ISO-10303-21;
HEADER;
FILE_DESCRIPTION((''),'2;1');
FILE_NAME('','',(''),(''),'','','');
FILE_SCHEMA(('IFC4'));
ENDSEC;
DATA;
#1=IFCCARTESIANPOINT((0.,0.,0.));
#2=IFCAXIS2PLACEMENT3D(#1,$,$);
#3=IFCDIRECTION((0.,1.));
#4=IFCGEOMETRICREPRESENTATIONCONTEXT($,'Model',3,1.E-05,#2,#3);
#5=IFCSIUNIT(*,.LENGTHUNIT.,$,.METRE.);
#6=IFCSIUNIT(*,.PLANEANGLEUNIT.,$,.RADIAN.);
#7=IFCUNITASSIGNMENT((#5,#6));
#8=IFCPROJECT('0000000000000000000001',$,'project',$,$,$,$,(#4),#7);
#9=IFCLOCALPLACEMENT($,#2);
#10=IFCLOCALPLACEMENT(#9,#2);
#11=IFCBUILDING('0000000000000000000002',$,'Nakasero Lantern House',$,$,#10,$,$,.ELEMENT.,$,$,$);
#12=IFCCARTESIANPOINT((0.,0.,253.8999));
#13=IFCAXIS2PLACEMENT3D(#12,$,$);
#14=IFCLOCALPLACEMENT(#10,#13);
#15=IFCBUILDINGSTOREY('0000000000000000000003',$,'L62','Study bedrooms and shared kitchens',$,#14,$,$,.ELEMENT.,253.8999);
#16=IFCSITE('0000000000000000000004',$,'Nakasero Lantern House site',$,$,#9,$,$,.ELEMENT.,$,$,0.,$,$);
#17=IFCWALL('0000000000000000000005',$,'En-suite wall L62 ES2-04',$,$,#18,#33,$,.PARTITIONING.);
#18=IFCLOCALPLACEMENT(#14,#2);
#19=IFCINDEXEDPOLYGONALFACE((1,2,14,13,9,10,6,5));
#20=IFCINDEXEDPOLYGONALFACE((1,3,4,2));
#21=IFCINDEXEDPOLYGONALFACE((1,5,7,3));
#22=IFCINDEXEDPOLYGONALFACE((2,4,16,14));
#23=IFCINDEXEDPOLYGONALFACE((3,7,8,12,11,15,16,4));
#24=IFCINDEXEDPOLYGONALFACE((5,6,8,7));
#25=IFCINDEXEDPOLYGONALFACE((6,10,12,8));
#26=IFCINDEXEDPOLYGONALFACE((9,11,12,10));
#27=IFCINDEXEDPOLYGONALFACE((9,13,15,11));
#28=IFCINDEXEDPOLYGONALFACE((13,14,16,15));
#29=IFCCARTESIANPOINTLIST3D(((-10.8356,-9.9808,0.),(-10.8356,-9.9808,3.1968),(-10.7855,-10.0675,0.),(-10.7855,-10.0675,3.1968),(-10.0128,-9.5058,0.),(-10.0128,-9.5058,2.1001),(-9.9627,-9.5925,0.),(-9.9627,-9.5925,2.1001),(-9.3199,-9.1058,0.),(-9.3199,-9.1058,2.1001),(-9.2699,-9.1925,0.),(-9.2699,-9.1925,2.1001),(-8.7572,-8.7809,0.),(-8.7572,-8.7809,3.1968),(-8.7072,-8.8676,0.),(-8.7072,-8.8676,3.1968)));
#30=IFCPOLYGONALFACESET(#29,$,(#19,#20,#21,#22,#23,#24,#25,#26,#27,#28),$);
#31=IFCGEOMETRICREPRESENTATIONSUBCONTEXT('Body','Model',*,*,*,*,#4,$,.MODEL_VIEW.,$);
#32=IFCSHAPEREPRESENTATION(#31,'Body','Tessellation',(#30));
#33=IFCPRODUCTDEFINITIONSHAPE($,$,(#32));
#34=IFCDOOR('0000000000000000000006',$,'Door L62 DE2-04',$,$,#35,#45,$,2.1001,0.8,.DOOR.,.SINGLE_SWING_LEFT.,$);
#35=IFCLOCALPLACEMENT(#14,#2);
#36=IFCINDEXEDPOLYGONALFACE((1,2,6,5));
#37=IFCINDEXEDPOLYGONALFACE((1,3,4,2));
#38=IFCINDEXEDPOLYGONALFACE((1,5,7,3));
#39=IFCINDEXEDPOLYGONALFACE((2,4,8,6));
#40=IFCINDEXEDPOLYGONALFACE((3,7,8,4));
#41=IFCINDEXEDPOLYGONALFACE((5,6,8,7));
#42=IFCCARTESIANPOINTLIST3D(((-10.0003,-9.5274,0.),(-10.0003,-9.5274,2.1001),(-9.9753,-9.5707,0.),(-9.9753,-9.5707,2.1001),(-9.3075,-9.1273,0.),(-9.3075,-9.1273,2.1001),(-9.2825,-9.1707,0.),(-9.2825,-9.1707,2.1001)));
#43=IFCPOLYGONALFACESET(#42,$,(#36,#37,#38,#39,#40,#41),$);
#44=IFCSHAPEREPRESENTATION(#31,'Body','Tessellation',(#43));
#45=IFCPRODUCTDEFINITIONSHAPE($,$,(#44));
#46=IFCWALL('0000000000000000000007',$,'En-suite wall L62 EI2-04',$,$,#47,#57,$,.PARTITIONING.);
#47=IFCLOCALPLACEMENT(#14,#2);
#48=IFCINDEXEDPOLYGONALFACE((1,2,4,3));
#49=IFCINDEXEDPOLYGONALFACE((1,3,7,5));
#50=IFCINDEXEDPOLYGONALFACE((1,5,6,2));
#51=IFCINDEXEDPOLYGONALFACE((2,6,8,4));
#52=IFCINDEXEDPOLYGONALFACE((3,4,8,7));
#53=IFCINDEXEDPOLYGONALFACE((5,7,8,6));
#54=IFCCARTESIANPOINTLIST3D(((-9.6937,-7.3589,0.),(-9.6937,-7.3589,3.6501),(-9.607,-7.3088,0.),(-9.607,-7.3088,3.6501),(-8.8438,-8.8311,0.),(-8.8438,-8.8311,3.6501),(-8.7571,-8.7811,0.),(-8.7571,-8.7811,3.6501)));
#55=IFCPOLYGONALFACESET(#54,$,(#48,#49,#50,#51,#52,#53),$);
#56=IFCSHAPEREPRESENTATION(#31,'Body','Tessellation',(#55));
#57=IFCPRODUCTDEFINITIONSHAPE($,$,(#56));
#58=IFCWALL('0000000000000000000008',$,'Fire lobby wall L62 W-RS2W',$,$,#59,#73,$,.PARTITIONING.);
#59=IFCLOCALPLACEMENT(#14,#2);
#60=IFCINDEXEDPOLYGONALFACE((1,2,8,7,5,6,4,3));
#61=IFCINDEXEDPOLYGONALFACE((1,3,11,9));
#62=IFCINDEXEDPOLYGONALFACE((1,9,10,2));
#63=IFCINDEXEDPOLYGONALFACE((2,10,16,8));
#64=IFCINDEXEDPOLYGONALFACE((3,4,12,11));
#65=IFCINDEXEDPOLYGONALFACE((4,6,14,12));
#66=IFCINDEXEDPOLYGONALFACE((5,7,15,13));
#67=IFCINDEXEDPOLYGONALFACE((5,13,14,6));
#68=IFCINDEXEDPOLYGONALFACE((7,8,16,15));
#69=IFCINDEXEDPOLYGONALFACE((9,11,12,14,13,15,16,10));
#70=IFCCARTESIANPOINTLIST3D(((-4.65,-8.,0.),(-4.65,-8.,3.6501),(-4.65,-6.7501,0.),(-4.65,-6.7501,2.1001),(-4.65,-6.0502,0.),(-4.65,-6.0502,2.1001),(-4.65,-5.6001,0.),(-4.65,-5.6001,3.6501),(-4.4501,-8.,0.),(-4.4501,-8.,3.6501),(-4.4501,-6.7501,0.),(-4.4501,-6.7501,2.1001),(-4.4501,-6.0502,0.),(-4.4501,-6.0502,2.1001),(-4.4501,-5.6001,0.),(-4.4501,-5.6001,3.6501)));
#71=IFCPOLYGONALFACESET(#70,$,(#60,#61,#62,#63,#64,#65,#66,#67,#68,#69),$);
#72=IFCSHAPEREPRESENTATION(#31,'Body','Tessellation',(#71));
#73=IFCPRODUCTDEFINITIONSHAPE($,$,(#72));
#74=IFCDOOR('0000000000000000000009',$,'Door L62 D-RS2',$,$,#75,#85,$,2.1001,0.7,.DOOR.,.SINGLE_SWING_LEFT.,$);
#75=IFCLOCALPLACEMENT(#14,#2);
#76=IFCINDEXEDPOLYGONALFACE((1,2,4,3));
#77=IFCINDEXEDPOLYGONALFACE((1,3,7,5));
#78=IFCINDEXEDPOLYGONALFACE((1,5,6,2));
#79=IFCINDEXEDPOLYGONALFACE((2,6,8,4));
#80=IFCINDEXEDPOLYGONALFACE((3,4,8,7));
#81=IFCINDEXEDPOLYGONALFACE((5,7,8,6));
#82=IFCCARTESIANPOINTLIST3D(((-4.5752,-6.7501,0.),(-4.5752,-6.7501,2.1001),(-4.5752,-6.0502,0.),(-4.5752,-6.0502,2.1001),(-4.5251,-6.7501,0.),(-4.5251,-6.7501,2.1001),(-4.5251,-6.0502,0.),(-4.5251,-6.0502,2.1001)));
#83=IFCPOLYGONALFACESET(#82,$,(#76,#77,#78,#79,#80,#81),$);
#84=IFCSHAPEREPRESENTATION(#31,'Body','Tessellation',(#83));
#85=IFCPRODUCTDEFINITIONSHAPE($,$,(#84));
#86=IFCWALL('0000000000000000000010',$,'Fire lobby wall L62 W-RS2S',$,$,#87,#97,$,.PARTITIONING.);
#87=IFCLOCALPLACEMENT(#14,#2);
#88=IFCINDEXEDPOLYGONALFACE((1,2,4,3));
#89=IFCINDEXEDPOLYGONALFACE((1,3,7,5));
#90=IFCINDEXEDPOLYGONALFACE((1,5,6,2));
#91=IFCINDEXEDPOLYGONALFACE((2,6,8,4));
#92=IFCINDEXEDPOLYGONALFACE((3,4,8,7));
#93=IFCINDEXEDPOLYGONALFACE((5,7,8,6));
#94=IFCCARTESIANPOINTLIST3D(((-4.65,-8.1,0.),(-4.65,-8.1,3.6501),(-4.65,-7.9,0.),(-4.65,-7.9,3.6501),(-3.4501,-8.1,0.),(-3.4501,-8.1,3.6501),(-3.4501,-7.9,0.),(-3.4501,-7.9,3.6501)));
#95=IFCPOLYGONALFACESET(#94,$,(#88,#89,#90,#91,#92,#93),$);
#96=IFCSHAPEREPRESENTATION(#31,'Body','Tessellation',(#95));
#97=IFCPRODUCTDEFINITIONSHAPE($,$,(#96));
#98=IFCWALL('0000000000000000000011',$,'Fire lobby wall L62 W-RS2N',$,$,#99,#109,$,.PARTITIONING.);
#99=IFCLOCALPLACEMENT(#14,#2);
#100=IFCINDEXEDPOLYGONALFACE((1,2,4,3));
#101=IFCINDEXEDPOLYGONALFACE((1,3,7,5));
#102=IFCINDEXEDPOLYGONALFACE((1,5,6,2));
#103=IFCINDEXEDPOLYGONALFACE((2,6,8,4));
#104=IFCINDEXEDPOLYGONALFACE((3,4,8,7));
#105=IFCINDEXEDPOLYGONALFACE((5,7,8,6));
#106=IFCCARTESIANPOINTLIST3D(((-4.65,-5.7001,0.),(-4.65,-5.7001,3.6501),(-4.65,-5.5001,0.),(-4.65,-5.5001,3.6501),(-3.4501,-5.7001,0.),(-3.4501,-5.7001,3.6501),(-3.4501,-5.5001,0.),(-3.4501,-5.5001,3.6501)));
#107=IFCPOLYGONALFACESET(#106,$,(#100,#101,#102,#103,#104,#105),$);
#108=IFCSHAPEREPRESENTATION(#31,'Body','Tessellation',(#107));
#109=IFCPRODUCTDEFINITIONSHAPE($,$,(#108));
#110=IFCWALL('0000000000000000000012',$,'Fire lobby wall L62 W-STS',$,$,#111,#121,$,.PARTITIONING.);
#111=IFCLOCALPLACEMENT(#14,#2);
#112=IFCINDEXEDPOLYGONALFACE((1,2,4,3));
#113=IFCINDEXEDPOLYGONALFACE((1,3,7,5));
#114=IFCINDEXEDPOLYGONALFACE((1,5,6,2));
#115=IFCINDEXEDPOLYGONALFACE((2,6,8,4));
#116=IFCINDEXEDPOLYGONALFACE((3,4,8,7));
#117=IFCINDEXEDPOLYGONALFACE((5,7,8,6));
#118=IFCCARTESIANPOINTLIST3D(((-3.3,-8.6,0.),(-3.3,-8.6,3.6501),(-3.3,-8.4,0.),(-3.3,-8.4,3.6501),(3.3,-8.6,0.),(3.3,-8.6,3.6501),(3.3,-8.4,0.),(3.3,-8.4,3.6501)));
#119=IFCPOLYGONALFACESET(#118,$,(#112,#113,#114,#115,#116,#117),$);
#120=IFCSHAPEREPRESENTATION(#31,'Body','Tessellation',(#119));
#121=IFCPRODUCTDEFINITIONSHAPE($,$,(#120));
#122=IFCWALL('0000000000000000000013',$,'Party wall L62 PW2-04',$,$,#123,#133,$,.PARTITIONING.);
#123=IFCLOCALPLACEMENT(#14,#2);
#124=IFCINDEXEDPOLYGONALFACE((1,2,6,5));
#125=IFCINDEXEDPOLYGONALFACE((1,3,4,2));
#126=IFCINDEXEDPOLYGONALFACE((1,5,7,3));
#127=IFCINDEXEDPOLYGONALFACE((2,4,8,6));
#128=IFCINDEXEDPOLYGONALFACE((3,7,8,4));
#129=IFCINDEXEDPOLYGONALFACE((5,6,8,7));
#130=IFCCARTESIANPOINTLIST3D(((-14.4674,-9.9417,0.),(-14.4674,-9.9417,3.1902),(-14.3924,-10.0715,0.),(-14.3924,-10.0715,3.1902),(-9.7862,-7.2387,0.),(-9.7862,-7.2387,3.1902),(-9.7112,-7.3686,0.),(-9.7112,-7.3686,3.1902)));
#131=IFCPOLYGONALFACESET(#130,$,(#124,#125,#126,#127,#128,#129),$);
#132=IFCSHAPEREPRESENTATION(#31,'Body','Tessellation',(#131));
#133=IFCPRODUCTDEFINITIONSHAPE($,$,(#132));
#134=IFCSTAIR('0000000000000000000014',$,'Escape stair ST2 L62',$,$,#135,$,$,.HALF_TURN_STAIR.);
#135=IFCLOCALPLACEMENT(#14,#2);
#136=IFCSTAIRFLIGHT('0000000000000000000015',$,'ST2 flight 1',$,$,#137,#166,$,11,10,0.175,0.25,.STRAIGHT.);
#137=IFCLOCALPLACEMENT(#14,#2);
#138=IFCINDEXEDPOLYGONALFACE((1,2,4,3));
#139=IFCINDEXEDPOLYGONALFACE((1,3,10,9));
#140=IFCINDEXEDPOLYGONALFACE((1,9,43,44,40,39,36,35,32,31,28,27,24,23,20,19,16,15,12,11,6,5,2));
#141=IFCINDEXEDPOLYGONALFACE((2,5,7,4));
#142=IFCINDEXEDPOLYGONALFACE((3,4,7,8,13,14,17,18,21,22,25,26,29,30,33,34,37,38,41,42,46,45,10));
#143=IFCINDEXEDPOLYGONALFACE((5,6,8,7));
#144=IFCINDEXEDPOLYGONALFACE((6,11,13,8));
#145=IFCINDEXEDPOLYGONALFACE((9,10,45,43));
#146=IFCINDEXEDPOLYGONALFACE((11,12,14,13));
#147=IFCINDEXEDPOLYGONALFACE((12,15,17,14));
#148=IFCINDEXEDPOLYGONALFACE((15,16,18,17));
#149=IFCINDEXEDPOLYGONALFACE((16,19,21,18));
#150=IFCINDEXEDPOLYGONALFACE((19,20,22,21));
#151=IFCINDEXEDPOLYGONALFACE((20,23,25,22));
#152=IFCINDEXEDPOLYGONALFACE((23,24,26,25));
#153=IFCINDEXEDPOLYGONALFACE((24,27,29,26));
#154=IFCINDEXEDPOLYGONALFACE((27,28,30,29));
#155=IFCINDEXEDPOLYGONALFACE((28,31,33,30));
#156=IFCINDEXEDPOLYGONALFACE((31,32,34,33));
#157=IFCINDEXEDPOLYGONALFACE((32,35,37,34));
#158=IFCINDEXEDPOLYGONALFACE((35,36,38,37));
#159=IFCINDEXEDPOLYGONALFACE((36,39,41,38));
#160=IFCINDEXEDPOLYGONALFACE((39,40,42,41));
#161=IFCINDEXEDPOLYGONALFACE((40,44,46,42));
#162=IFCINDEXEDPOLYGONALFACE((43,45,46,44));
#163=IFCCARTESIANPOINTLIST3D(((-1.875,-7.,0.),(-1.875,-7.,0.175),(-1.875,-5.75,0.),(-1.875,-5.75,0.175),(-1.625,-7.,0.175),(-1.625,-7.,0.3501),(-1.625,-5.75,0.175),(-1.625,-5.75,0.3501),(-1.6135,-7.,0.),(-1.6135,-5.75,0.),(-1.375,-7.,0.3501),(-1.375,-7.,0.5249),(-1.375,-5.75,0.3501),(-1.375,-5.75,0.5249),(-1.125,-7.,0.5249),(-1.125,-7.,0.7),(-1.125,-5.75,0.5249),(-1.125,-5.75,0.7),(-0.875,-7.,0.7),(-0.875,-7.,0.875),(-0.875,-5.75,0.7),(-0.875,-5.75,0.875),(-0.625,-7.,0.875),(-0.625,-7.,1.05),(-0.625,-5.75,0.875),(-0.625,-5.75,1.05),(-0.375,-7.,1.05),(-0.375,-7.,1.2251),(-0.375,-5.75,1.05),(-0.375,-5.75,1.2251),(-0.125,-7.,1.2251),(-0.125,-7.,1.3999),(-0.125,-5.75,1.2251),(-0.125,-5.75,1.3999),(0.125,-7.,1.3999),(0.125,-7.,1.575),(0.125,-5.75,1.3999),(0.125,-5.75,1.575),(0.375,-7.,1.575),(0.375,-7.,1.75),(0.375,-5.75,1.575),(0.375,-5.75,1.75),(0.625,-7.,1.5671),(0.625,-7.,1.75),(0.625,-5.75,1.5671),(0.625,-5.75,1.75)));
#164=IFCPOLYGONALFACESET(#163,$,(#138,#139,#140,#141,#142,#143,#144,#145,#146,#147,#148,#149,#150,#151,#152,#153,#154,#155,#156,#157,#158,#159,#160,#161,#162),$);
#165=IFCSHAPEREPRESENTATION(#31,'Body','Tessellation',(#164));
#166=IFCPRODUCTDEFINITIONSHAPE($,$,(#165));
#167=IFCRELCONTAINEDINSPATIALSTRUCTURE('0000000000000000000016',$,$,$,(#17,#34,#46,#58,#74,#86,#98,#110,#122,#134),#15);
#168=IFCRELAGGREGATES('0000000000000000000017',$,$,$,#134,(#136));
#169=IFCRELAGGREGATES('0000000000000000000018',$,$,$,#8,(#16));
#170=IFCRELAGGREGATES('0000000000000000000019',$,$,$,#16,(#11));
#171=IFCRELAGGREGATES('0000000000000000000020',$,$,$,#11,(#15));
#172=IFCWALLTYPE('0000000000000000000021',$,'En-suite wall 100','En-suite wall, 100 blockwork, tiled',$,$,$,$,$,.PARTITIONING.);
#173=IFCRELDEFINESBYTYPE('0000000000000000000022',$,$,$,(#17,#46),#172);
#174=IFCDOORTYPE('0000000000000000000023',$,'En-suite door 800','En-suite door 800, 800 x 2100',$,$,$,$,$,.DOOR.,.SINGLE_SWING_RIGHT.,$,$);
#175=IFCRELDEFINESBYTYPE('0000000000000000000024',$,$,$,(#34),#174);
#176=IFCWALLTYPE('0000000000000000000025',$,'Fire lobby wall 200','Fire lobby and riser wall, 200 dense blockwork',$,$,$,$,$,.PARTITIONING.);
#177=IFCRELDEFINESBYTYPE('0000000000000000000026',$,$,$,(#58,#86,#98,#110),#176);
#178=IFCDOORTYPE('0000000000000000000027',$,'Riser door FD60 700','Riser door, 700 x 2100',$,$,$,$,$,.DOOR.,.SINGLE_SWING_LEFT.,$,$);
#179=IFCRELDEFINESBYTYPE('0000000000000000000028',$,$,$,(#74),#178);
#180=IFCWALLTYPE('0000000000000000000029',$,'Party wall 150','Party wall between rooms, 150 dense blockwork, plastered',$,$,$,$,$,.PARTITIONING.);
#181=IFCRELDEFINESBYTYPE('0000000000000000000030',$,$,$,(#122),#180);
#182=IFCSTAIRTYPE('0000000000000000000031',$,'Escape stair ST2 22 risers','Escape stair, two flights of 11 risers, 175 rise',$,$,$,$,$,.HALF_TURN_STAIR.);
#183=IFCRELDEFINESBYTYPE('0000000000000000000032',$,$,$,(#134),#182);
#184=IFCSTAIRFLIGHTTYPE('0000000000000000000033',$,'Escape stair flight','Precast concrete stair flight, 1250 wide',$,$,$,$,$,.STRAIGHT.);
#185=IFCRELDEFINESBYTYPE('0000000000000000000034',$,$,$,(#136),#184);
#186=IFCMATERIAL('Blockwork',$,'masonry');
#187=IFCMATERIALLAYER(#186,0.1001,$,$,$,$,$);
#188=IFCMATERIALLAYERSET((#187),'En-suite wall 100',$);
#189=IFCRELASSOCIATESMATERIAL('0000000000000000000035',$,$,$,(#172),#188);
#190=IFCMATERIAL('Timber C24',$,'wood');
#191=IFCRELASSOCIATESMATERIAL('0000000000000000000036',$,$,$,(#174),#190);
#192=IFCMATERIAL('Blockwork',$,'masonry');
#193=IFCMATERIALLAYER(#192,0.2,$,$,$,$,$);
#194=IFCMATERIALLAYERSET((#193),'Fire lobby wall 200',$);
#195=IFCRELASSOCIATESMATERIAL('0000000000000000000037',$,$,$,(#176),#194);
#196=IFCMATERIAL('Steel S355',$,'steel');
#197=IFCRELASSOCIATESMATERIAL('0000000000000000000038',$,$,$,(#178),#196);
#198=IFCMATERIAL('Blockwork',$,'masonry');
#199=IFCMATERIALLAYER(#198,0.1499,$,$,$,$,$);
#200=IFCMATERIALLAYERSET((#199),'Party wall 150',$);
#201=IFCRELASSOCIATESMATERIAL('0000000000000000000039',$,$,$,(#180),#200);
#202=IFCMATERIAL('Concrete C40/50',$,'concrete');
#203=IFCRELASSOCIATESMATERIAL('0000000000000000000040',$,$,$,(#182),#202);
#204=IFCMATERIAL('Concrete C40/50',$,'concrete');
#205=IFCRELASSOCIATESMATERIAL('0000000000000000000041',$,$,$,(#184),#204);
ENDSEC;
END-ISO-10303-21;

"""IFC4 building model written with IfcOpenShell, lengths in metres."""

from ifc_helpers import new_model, si_unit, direction, frame, frame_2d, origin, place, context, subcontext, project, spatial, polyline, rectangle, outline, extrude, material, layer, layer_set, type_object, element, fill, aggregate, save


model = new_model("IFC4")

# Units and contexts
model_context = context("Model", 3, precision=1e-05, world=origin(), true_north=direction((0.0, 1.0)))
body_context = subcontext(model_context, "Body", "Model", "MODEL_VIEW")
ifc_project = project(units=[si_unit("LENGTHUNIT", "METRE"), si_unit("PLANEANGLEUNIT", "RADIAN")], contexts=[model_context])

# Site, building, storey
site_placement = place(None, origin())
site = spatial("IfcSite", under=ifc_project, at=site_placement, Name="Nakasero Lantern House site", CompositionType="ELEMENT", RefElevation=0.0)
building_placement = place(site_placement, origin())
building = spatial("IfcBuilding", under=site, at=building_placement, Name="Nakasero Lantern House", CompositionType="ELEMENT")
storey_placement = place(building_placement, frame((0.0, 0.0, 253.8999)))
storey = spatial("IfcBuildingStorey", under=building, at=storey_placement, Name="L62", Description="Study bedrooms and shared kitchens", CompositionType="ELEMENT", Elevation=253.8999)

# Wall, opening, door
ifc_material_1 = material(Name="Blockwork", Category="masonry")
ifc_layer_1 = layer(ifc_material_1, 0.1001)
ifc_layer_set_1 = layer_set([ifc_layer_1], Name="En-suite wall 100")
wall_type_1 = type_object("IfcWallType", Name="En-suite wall 100", Description="En-suite wall, 100 blockwork, tiled", PredefinedType="PARTITIONING", material=ifc_layer_set_1)
wall_1_placement = place(storey_placement, frame((-8.7322, -8.8242, 0.0), z_axis=(0.0, 0.0, 1.0), x_axis=(-0.866025, -0.500001, 0.0)))
wall_1 = element("IfcWall", 1, at=wall_1_placement, inside=storey, type_object=wall_type_1, Name="En-suite wall L62 ES2-04", PredefinedType="PARTITIONING", context=body_context, shape_type="SweptSolid", body=[
    extrude(rectangle(XDim=2.3999, YDim=0.1001, at=frame_2d((1.2, 0.0))), origin(), (0.0, 0.0, 1.0), 3.1968),
])
opening_1_placement = place(wall_1_placement, frame((0.6499, 0.0, 0.0)))
opening_1 = element("IfcOpeningElement", 2, at=opening_1_placement, cuts=wall_1, PredefinedType="OPENING", context=body_context, shape_type="SweptSolid", body=[
    extrude(rectangle(XDim=0.8, YDim=2.1001, at=frame_2d((0.3999, 1.05))), frame((0.0, 0.0701, 0.0), z_axis=(0.0, -1.0, 0.0), x_axis=(1.0, 0.0, 0.0)), (0.0, 0.0, 1.0), 0.1401),
])
ifc_material_2 = material(Name="Timber C24", Category="wood")
door_type_1 = type_object("IfcDoorType", Name="En-suite door 800", Description="En-suite door 800, 800 x 2100", OperationType="SINGLE_SWING_RIGHT", PredefinedType="DOOR", material=ifc_material_2)
door_1_placement = place(opening_1_placement, origin())
door_1 = element("IfcDoor", 3, at=door_1_placement, inside=storey, type_object=door_type_1, Name="Door L62 DE2-04", OperationType="SINGLE_SWING_LEFT", OverallHeight=2.1001, OverallWidth=0.8, PredefinedType="DOOR", context=body_context, shape_type="SweptSolid", body=[
    extrude(rectangle(XDim=0.8, YDim=2.1001, at=frame_2d((0.3999, 1.05))), frame((0.0, 0.0249, 0.0), z_axis=(0.0, -1.0, 0.0), x_axis=(1.0, 0.0, 0.0)), (0.0, 0.0, 1.0), 0.05),
])
fill(opening_1, door_1)

# Wall
wall_2_placement = place(storey_placement, frame((-9.6504, -7.3337, 0.0), z_axis=(0.0, 0.0, 1.0), x_axis=(0.499955, -0.866052, 0.0)))
element("IfcWall", 4, at=wall_2_placement, inside=storey, type_object=wall_type_1, Name="En-suite wall L62 EI2-04", PredefinedType="PARTITIONING", context=body_context, shape_type="SweptSolid", body=[
    extrude(rectangle(XDim=1.7, YDim=0.1001, at=frame_2d((0.8501, 0.0))), origin(), (0.0, 0.0, 1.0), 3.6501),
])

# Wall, opening, door
ifc_material_3 = material(Name="Blockwork", Category="masonry")
ifc_layer_2 = layer(ifc_material_3, 0.2)
ifc_layer_set_2 = layer_set([ifc_layer_2], Name="Fire lobby wall 200")
wall_type_2 = type_object("IfcWallType", Name="Fire lobby wall 200", Description="Fire lobby and riser wall, 200 dense blockwork", PredefinedType="PARTITIONING", material=ifc_layer_set_2)
wall_3_placement = place(storey_placement, frame((-4.55, -5.6001, 0.0), z_axis=(0.0, 0.0, 1.0), x_axis=(0.0, -1.0, 0.0)))
wall_3 = element("IfcWall", 5, at=wall_3_placement, inside=storey, type_object=wall_type_2, Name="Fire lobby wall L62 W-RS2W", PredefinedType="PARTITIONING", context=body_context, shape_type="SweptSolid", body=[
    extrude(rectangle(XDim=2.3999, YDim=0.2, at=frame_2d((1.2, 0.0))), origin(), (0.0, 0.0, 1.0), 3.6501),
])
opening_2_placement = place(wall_3_placement, frame((0.45, 0.0, 0.0)))
opening_2 = element("IfcOpeningElement", 6, at=opening_2_placement, cuts=wall_3, PredefinedType="OPENING", context=body_context, shape_type="SweptSolid", body=[
    extrude(rectangle(XDim=0.7, YDim=2.1001, at=frame_2d((0.3501, 1.05))), frame((0.0, 0.1199, 0.0), z_axis=(0.0, -1.0, 0.0), x_axis=(1.0, 0.0, 0.0)), (0.0, 0.0, 1.0), 0.24),
])
ifc_material_4 = material(Name="Steel S355", Category="steel")
door_type_2 = type_object("IfcDoorType", Name="Riser door FD60 700", Description="Riser door, 700 x 2100", OperationType="SINGLE_SWING_LEFT", PredefinedType="DOOR", material=ifc_material_4)
door_2_placement = place(opening_2_placement, origin())
door_2 = element("IfcDoor", 7, at=door_2_placement, inside=storey, type_object=door_type_2, Name="Door L62 D-RS2", OperationType="SINGLE_SWING_LEFT", OverallHeight=2.1001, OverallWidth=0.7, PredefinedType="DOOR", context=body_context, shape_type="SweptSolid", body=[
    extrude(rectangle(XDim=0.7, YDim=2.1001, at=frame_2d((0.3501, 1.05))), frame((0.0, 0.0249, 0.0), z_axis=(0.0, -1.0, 0.0), x_axis=(1.0, 0.0, 0.0)), (0.0, 0.0, 1.0), 0.05),
])
fill(opening_2, door_2)

# Walls
for number, where, z_axis, x_axis, name in (
    (8, (-3.45, -8.0, 0.0), (0.0, 0.0, 1.0), (-1.0, 0.0, 0.0), "Fire lobby wall L62 W-RS2S"),
    (9, (-3.45, -5.6001, 0.0), (0.0, 0.0, 1.0), (-1.0, 0.0, 0.0), "Fire lobby wall L62 W-RS2N"),
):
    element("IfcWall", number, at=place(storey_placement, frame(where, z_axis=z_axis, x_axis=x_axis)), inside=storey, type_object=wall_type_2, Name=name, PredefinedType="PARTITIONING", context=body_context, shape_type="SweptSolid", body=[
        extrude(rectangle(XDim=1.2, YDim=0.2, at=frame_2d((0.6001, 0.0))), origin(), (0.0, 0.0, 1.0), 3.6501),
    ])
wall_4_placement = place(storey_placement, frame((-3.3, -8.5, 0.0), z_axis=(0.0, 0.0, 1.0), x_axis=(1.0, 0.0, 0.0)))
element("IfcWall", 10, at=wall_4_placement, inside=storey, type_object=wall_type_2, Name="Fire lobby wall L62 W-STS", PredefinedType="PARTITIONING", context=body_context, shape_type="SweptSolid", body=[
    extrude(rectangle(XDim=6.6001, YDim=0.2, at=frame_2d((3.3, 0.0))), origin(), (0.0, 0.0, 1.0), 3.6501),
])
ifc_material_5 = material(Name="Blockwork", Category="masonry")
ifc_layer_3 = layer(ifc_material_5, 0.1499)
ifc_layer_set_3 = layer_set([ifc_layer_3], Name="Party wall 150")
wall_type_3 = type_object("IfcWallType", Name="Party wall 150", Description="Party wall between rooms, 150 dense blockwork, plastered", PredefinedType="PARTITIONING", material=ifc_layer_set_3)
wall_5_placement = place(storey_placement, frame((-9.7488, -7.3037, 0.0), z_axis=(0.0, 0.0, 1.0), x_axis=(-0.866008, -0.50003, 0.0)))
element("IfcWall", 11, at=wall_5_placement, inside=storey, type_object=wall_type_3, Name="Party wall L62 PW2-04", PredefinedType="PARTITIONING", context=body_context, shape_type="SweptSolid", body=[
    extrude(rectangle(XDim=5.4055, YDim=0.1499, at=frame_2d((2.7026, 0.0))), origin(), (0.0, 0.0, 1.0), 3.1902),
])

# Stair, stair flight
ifc_material_6 = material(Name="Concrete C40/50", Category="concrete")
stair_type = type_object("IfcStairType", Name="Escape stair ST2 22 risers", Description="Escape stair, two flights of 11 risers, 175 rise", PredefinedType="HALF_TURN_STAIR", material=ifc_material_6)
stair_placement = place(storey_placement, origin())
stair = element("IfcStair", 12, at=stair_placement, inside=storey, type_object=stair_type, Name="Escape stair ST2 L62", PredefinedType="HALF_TURN_STAIR")
ifc_material_7 = material(Name="Concrete C40/50", Category="concrete")
stair_flight_type = type_object("IfcStairFlightType", Name="Escape stair flight", Description="Precast concrete stair flight, 1250 wide", PredefinedType="STRAIGHT", material=ifc_material_7)
stair_flight_placement = place(storey_placement, frame((-1.875, -6.375, 0.0), z_axis=(0.0, 0.0, 1.0), x_axis=(1.0, 0.0, 0.0)))
stair_flight = element("IfcStairFlight", 13, at=stair_flight_placement, type_object=stair_flight_type, Name="ST2 flight 1", NumberOfRisers=11, NumberOfTreads=10, PredefinedType="STRAIGHT", RiserHeight=0.175, TreadLength=0.25, context=body_context, shape_type="SweptSolid", body=[
    extrude(outline(polyline([(0.0, 0.0), (0.0, 0.175), (0.25, 0.175), (0.25, 0.3501), (0.5, 0.3501), (0.5, 0.5249), (0.75, 0.5249), (0.75, 0.7), (1.0, 0.7), (1.0, 0.875), (1.25, 0.875), (1.25, 1.05), (1.5, 1.05), (1.5, 1.2251), (1.75, 1.2251), (1.75, 1.3999), (2.0, 1.3999), (2.0, 1.575), (2.25, 1.575), (2.25, 1.75), (2.5, 1.75), (2.5, 1.925), (2.5, 1.5671), (0.2615, 0.0), (0.0, 0.0)])), frame((0.0, 0.625, 0.0), z_axis=(0.0, -1.0, 0.0), x_axis=(1.0, 0.0, 0.0)), (0.0, 0.0, 1.0), 1.25),
])
aggregate(stair, [stair_flight])

save(model, "model.ifc")
